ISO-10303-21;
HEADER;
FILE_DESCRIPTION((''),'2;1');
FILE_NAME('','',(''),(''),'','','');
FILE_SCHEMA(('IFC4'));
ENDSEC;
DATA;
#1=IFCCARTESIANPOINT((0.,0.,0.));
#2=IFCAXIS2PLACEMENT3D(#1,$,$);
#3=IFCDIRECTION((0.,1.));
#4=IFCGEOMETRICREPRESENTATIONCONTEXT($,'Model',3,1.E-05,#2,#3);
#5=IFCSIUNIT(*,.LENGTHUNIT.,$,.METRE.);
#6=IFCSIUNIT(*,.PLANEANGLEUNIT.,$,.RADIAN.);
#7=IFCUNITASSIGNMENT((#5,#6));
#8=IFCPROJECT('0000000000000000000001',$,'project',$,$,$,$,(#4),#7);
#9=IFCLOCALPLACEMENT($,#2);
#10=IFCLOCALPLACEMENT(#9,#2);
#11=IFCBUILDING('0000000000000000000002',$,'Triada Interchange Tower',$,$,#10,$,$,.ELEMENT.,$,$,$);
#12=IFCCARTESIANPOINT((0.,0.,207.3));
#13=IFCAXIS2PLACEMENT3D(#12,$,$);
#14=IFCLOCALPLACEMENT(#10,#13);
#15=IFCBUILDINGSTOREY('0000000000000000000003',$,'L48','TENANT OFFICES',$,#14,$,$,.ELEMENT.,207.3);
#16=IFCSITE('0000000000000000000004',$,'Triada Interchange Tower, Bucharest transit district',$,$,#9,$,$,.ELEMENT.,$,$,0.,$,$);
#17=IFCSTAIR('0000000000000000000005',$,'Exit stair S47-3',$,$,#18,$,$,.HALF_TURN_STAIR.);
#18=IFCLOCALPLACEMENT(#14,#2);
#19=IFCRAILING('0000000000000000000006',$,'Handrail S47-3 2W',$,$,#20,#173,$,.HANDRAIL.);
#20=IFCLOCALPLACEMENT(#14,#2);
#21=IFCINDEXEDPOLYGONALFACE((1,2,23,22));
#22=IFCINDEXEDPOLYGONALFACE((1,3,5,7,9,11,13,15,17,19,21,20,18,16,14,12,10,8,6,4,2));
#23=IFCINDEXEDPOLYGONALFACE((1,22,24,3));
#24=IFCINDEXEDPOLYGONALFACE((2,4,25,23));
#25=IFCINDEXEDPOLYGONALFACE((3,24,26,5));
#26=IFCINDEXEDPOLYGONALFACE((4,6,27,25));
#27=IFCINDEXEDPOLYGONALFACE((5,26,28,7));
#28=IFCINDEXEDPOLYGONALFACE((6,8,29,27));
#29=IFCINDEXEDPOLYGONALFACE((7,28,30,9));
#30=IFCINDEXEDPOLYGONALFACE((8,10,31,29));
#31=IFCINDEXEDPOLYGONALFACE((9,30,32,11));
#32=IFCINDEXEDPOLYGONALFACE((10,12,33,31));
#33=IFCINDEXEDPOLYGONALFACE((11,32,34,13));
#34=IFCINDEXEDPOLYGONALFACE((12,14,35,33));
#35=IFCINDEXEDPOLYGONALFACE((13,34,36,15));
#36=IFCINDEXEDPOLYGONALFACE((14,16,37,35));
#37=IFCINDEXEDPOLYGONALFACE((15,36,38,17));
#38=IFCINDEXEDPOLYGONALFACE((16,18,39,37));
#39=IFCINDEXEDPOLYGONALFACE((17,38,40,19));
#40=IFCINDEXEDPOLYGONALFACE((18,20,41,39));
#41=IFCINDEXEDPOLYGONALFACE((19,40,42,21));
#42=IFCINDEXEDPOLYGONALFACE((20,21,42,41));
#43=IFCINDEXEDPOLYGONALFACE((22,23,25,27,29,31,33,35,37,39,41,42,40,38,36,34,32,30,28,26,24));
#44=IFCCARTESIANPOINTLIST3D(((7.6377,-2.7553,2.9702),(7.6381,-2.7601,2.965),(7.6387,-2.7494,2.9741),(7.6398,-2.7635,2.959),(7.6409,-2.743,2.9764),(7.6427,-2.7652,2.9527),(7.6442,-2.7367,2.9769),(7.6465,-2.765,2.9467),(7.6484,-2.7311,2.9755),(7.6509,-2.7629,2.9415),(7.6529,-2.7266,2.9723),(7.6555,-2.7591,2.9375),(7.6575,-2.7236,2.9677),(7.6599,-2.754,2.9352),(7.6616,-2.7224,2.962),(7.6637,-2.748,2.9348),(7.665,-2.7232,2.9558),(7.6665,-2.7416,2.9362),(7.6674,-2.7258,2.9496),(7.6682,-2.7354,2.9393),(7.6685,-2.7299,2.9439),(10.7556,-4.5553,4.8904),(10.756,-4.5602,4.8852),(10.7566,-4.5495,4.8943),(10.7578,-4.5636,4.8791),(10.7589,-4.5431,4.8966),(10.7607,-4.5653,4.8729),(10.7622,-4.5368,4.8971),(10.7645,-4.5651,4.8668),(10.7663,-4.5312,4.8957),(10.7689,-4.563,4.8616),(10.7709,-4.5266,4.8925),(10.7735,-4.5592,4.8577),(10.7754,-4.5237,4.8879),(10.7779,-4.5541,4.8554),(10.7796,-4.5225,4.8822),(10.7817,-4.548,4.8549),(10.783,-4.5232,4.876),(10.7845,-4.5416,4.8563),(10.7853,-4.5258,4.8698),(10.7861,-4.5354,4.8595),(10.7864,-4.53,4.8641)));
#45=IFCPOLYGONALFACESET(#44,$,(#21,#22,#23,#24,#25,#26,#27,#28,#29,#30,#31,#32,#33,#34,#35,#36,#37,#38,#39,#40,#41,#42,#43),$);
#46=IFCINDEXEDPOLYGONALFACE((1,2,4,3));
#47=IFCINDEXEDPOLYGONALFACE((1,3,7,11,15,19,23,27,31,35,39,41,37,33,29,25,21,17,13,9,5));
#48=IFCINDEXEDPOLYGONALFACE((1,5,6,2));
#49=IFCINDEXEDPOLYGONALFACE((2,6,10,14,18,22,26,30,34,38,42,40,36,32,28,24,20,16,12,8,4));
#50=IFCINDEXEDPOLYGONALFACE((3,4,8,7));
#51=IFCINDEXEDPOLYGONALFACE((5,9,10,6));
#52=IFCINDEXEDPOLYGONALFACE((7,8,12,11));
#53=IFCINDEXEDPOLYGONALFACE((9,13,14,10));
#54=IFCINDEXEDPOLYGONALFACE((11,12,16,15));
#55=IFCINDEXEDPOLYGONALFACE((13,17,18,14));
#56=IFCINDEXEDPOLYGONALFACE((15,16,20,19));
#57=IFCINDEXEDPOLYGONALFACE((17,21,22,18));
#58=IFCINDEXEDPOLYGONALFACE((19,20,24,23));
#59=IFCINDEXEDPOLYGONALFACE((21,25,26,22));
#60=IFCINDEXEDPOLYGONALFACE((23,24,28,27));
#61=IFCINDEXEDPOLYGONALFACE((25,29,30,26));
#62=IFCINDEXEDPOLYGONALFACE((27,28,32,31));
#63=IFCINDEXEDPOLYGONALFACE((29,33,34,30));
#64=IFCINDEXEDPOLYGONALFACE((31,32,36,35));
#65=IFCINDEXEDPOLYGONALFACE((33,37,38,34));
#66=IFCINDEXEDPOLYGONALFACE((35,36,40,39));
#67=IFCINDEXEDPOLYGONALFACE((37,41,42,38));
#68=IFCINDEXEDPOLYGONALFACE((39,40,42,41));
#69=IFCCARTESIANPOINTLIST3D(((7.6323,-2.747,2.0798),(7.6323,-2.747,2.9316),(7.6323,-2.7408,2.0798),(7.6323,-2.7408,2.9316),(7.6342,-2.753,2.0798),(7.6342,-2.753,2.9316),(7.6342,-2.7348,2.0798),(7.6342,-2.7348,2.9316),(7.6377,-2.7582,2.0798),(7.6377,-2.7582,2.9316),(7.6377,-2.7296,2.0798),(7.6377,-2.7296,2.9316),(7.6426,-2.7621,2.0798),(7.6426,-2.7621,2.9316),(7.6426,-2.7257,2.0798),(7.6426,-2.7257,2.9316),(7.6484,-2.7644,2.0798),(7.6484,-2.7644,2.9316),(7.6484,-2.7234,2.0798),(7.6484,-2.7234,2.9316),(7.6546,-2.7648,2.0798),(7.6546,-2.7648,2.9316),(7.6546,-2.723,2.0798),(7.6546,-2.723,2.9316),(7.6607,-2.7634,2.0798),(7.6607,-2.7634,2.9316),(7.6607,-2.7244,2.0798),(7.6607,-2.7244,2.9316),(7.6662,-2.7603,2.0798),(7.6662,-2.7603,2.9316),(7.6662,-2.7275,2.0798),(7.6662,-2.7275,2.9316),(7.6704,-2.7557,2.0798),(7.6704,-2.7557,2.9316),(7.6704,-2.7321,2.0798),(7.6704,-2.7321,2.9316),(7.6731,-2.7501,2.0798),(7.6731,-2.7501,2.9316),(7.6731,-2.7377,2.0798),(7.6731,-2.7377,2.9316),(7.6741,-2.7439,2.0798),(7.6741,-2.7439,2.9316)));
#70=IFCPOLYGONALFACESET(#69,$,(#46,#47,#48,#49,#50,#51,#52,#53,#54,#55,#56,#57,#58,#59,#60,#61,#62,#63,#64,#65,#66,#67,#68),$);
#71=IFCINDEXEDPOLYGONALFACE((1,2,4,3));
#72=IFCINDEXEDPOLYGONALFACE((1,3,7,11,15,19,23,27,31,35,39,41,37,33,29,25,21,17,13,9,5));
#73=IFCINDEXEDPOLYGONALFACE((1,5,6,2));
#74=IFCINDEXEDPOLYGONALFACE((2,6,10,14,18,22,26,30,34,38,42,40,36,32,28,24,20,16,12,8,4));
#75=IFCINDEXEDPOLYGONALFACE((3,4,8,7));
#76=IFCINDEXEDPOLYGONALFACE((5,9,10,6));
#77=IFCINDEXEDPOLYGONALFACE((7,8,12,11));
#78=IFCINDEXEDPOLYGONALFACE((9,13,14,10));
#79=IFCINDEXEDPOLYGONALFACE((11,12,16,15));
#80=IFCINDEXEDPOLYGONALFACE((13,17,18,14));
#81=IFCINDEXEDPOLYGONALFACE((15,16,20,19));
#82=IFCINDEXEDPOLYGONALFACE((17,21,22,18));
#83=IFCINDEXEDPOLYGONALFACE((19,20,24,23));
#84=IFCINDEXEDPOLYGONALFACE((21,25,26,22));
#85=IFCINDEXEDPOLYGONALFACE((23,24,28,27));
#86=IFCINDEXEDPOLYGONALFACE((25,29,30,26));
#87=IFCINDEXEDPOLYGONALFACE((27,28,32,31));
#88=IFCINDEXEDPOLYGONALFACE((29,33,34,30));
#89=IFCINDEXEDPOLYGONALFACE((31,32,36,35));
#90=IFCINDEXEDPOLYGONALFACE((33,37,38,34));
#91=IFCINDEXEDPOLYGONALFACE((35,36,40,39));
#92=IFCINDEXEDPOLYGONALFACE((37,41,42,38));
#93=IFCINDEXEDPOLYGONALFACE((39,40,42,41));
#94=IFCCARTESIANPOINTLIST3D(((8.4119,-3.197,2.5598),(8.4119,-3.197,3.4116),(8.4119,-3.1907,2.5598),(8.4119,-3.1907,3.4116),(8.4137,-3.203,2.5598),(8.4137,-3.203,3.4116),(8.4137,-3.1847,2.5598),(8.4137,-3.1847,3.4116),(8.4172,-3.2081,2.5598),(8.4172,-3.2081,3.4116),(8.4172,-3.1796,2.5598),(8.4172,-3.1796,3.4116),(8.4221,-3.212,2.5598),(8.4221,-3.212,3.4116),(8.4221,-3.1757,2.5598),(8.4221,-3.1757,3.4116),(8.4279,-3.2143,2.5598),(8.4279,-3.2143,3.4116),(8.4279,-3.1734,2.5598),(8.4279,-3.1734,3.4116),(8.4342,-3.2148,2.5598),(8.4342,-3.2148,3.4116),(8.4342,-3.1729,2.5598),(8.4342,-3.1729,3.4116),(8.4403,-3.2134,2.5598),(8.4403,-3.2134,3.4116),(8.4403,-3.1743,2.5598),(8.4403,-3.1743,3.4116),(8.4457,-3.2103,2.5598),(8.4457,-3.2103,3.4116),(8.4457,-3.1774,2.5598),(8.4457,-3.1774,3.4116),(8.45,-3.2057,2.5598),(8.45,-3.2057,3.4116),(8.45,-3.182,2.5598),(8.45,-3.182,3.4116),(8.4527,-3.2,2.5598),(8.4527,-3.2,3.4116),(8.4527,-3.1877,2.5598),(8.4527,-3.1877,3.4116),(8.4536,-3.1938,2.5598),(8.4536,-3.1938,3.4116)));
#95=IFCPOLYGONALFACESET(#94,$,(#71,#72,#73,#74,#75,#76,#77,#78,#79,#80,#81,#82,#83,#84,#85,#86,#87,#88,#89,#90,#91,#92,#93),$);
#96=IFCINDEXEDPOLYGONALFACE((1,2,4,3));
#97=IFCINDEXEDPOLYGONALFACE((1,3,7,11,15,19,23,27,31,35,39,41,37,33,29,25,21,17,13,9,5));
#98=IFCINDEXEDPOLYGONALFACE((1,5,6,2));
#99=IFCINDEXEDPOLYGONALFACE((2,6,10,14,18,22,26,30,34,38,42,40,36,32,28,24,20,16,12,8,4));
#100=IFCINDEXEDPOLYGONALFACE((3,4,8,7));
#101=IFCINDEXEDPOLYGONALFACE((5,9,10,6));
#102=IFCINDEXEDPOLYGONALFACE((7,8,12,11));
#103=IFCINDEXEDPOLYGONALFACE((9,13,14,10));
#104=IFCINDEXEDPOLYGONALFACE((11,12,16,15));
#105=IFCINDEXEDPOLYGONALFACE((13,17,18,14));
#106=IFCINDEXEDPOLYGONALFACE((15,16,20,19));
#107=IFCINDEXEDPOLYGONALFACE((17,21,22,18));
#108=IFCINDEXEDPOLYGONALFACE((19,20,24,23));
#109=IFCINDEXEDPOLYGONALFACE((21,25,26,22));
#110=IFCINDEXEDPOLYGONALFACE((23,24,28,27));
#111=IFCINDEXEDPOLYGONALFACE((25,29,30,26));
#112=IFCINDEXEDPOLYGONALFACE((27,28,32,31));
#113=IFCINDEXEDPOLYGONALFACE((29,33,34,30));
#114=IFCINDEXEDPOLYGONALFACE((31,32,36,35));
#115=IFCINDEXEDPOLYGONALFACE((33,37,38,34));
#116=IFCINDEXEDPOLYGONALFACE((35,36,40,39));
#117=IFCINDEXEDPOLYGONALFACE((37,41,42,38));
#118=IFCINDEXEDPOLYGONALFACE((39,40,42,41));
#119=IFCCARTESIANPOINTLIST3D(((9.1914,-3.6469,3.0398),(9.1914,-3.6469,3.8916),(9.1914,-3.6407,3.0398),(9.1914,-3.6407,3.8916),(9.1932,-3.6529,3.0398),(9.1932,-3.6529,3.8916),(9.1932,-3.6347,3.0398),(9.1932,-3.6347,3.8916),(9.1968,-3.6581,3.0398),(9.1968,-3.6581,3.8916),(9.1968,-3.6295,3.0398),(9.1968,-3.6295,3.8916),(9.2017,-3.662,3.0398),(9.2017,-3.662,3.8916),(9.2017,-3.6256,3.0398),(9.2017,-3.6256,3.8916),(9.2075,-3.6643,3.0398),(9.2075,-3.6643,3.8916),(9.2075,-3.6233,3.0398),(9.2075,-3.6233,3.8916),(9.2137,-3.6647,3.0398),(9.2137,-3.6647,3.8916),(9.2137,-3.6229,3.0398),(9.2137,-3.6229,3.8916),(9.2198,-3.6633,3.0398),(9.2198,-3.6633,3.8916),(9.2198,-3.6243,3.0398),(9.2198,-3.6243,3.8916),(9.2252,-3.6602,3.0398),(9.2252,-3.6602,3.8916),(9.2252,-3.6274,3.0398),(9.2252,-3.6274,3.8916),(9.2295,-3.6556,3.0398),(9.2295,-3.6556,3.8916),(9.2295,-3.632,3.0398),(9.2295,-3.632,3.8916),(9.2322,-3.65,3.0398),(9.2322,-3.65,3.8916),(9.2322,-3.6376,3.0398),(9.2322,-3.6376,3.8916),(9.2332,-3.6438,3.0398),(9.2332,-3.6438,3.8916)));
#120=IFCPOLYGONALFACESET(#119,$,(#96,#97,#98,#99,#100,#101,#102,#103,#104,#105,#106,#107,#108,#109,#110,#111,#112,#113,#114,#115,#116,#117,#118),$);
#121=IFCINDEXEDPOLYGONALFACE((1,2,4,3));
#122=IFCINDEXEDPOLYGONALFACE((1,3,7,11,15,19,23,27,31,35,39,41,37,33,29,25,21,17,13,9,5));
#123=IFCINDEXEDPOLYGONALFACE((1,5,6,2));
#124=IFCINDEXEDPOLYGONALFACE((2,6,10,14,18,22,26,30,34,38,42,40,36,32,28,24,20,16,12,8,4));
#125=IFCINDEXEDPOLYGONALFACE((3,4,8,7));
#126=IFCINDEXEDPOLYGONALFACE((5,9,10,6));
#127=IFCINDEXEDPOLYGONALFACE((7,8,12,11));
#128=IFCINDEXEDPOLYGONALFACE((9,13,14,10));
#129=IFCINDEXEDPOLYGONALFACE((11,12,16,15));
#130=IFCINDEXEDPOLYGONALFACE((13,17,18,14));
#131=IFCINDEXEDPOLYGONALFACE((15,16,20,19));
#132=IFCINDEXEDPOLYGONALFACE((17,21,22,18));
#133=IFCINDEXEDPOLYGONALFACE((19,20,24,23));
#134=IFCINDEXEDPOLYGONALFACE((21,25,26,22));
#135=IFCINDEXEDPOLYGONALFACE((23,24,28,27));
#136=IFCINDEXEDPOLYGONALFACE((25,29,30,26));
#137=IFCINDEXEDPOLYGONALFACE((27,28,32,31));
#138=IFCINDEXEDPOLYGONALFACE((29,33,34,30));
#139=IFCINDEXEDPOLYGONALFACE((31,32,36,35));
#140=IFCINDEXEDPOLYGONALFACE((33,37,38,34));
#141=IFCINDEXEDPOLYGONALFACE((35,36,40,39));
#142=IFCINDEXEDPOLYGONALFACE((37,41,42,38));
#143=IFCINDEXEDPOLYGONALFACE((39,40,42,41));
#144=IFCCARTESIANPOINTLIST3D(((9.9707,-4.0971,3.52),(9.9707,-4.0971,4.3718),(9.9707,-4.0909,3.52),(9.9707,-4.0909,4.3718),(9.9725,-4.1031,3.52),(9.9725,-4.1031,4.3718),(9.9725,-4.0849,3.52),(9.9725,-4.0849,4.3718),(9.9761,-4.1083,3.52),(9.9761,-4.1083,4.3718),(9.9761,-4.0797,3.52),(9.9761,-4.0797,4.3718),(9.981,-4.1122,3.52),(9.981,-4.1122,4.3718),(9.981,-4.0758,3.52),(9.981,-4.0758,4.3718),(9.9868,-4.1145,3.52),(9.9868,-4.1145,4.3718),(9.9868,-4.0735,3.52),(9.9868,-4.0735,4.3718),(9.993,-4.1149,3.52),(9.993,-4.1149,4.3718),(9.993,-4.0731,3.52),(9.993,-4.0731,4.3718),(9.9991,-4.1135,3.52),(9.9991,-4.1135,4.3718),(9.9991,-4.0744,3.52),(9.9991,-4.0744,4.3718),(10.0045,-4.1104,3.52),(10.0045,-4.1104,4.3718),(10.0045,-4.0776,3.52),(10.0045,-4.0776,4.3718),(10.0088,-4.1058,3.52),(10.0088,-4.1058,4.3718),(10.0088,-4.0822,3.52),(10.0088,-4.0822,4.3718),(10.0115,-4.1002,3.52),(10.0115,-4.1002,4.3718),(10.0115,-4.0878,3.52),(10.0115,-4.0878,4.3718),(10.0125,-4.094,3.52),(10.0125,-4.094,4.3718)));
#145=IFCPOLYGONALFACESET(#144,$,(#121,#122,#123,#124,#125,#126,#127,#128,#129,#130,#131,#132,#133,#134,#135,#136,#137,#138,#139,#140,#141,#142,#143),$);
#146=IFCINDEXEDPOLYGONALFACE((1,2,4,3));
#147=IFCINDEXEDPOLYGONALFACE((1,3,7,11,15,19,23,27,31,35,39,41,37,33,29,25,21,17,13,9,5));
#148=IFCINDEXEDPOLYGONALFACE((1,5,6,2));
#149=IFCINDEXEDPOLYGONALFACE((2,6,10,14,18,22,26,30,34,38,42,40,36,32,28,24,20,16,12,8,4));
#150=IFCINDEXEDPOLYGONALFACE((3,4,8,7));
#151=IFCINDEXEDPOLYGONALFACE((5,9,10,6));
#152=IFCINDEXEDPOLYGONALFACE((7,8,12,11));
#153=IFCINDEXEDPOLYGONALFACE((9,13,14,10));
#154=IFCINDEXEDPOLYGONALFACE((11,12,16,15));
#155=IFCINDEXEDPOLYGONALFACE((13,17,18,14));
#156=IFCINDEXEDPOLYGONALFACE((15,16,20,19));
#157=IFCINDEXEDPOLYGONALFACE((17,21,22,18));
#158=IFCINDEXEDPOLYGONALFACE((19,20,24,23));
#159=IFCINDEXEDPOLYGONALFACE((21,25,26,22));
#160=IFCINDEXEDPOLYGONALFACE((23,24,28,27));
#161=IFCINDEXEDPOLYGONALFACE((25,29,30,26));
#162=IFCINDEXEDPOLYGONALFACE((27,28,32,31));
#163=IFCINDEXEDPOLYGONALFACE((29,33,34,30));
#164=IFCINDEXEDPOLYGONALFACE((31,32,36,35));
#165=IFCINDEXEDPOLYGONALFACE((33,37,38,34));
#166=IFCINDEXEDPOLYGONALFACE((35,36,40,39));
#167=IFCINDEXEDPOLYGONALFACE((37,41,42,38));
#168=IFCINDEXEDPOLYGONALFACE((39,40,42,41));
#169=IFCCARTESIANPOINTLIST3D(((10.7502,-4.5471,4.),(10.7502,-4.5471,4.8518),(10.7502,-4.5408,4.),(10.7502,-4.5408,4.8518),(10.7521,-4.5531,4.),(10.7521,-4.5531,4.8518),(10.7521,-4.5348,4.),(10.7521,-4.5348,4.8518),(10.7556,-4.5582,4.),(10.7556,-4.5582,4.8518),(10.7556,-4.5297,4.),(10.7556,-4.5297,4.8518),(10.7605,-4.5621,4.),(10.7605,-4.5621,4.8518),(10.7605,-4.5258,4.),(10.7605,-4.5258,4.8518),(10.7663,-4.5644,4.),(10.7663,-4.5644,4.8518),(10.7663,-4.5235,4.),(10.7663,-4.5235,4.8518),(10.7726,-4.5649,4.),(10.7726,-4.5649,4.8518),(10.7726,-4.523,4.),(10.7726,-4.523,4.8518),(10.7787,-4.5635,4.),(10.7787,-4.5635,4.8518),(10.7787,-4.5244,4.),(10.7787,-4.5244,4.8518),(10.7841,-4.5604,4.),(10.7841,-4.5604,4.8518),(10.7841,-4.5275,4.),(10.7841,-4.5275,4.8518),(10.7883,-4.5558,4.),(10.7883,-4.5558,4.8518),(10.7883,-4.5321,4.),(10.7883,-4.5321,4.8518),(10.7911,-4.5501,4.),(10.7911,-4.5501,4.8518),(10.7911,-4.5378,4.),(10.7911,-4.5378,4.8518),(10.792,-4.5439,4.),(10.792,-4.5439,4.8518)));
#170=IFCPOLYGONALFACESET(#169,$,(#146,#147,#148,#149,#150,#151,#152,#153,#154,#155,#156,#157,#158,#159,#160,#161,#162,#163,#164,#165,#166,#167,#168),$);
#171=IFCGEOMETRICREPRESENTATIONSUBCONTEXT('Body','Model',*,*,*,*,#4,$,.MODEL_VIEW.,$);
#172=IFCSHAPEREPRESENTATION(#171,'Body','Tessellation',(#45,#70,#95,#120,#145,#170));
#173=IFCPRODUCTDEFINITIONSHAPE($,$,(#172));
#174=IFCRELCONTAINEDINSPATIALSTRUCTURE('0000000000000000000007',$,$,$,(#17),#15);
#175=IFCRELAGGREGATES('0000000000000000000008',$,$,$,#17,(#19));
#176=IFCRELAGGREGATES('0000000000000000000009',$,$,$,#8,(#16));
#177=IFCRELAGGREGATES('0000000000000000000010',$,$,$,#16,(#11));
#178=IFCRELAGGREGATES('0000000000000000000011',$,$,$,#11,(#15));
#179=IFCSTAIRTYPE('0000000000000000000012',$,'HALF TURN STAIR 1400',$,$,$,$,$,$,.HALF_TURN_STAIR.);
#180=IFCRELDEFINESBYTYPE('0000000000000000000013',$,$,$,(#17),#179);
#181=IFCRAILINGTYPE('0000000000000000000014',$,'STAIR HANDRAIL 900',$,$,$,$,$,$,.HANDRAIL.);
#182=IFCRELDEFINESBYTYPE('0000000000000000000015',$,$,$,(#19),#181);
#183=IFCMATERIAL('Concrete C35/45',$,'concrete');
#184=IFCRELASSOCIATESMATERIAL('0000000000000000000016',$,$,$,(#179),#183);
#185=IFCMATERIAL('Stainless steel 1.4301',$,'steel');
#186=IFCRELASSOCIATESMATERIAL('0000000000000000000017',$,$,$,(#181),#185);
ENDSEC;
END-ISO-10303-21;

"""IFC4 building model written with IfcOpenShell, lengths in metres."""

from ifc_helpers import new_model, si_unit, direction, frame, origin, origin_2d, place, context, subcontext, project, spatial, circle, extrude, material, type_object, element, aggregate, save


model = new_model("IFC4")

# Units and contexts
model_context = context("Model", 3, precision=1e-05, world=origin(), true_north=direction((0.0, 1.0)))
body_context = subcontext(model_context, "Body", "Model", "MODEL_VIEW")
ifc_project = project(units=[si_unit("LENGTHUNIT", "METRE"), si_unit("PLANEANGLEUNIT", "RADIAN")], contexts=[model_context])

# Site, building, storey
site_placement = place(None, origin())
site = spatial("IfcSite", under=ifc_project, at=site_placement, Name="Triada Interchange Tower, Bucharest transit district", CompositionType="ELEMENT", RefElevation=0.0)
building_placement = place(site_placement, origin())
building = spatial("IfcBuilding", under=site, at=building_placement, Name="Triada Interchange Tower", CompositionType="ELEMENT")
storey_placement = place(building_placement, frame((0.0, 0.0, 207.3)))
storey = spatial("IfcBuildingStorey", under=building, at=storey_placement, Name="L48", Description="TENANT OFFICES", CompositionType="ELEMENT", Elevation=207.3)

# Stair, railing
ifc_material_1 = material(Name="Concrete C35/45", Category="concrete")
stair_type = type_object("IfcStairType", Name="HALF TURN STAIR 1400", PredefinedType="HALF_TURN_STAIR", material=ifc_material_1)
stair_placement = place(storey_placement, origin())
stair = element("IfcStair", 1, at=stair_placement, inside=storey, type_object=stair_type, Name="Exit stair S47-3", PredefinedType="HALF_TURN_STAIR")
ifc_material_2 = material(Name="Stainless steel 1.4301", Category="steel")
railing_type = type_object("IfcRailingType", Name="STAIR HANDRAIL 900", PredefinedType="HANDRAIL", material=ifc_material_2)
railing_1_placement = place(storey_placement, frame((7.6531, -2.7439, 2.0798)))
railing_1 = element("IfcRailing", 2, at=railing_1_placement, type_object=railing_type, Name="Handrail S47-3 2W", PredefinedType="HANDRAIL", context=body_context, shape_type="SweptSolid", body=[
    extrude(circle(Radius=0.0239, at=origin_2d()), frame((0.0, 0.0, 0.876), z_axis=(0.764145, -0.441159, 0.470597), x_axis=(0.499983, 0.866035, 0.0)), (0.0, 0.0, 1.0), 4.0803),
    extrude(circle(Radius=0.021, at=origin_2d()), origin(), (0.0, 0.0, 1.0), 0.8518),
    extrude(circle(Radius=0.021, at=origin_2d()), frame((0.7795, -0.45, 0.48)), (0.0, 0.0, 1.0), 0.8518),
    extrude(circle(Radius=0.021, at=origin_2d()), frame((1.5591, -0.8999, 0.96)), (0.0, 0.0, 1.0), 0.8518),
    extrude(circle(Radius=0.021, at=origin_2d()), frame((2.3384, -1.3501, 1.4402)), (0.0, 0.0, 1.0), 0.8518),
    extrude(circle(Radius=0.021, at=origin_2d()), frame((3.1179, -1.8, 1.9202)), (0.0, 0.0, 1.0), 0.8518),
])
aggregate(stair, [railing_1])

save(model, "model.ifc")
